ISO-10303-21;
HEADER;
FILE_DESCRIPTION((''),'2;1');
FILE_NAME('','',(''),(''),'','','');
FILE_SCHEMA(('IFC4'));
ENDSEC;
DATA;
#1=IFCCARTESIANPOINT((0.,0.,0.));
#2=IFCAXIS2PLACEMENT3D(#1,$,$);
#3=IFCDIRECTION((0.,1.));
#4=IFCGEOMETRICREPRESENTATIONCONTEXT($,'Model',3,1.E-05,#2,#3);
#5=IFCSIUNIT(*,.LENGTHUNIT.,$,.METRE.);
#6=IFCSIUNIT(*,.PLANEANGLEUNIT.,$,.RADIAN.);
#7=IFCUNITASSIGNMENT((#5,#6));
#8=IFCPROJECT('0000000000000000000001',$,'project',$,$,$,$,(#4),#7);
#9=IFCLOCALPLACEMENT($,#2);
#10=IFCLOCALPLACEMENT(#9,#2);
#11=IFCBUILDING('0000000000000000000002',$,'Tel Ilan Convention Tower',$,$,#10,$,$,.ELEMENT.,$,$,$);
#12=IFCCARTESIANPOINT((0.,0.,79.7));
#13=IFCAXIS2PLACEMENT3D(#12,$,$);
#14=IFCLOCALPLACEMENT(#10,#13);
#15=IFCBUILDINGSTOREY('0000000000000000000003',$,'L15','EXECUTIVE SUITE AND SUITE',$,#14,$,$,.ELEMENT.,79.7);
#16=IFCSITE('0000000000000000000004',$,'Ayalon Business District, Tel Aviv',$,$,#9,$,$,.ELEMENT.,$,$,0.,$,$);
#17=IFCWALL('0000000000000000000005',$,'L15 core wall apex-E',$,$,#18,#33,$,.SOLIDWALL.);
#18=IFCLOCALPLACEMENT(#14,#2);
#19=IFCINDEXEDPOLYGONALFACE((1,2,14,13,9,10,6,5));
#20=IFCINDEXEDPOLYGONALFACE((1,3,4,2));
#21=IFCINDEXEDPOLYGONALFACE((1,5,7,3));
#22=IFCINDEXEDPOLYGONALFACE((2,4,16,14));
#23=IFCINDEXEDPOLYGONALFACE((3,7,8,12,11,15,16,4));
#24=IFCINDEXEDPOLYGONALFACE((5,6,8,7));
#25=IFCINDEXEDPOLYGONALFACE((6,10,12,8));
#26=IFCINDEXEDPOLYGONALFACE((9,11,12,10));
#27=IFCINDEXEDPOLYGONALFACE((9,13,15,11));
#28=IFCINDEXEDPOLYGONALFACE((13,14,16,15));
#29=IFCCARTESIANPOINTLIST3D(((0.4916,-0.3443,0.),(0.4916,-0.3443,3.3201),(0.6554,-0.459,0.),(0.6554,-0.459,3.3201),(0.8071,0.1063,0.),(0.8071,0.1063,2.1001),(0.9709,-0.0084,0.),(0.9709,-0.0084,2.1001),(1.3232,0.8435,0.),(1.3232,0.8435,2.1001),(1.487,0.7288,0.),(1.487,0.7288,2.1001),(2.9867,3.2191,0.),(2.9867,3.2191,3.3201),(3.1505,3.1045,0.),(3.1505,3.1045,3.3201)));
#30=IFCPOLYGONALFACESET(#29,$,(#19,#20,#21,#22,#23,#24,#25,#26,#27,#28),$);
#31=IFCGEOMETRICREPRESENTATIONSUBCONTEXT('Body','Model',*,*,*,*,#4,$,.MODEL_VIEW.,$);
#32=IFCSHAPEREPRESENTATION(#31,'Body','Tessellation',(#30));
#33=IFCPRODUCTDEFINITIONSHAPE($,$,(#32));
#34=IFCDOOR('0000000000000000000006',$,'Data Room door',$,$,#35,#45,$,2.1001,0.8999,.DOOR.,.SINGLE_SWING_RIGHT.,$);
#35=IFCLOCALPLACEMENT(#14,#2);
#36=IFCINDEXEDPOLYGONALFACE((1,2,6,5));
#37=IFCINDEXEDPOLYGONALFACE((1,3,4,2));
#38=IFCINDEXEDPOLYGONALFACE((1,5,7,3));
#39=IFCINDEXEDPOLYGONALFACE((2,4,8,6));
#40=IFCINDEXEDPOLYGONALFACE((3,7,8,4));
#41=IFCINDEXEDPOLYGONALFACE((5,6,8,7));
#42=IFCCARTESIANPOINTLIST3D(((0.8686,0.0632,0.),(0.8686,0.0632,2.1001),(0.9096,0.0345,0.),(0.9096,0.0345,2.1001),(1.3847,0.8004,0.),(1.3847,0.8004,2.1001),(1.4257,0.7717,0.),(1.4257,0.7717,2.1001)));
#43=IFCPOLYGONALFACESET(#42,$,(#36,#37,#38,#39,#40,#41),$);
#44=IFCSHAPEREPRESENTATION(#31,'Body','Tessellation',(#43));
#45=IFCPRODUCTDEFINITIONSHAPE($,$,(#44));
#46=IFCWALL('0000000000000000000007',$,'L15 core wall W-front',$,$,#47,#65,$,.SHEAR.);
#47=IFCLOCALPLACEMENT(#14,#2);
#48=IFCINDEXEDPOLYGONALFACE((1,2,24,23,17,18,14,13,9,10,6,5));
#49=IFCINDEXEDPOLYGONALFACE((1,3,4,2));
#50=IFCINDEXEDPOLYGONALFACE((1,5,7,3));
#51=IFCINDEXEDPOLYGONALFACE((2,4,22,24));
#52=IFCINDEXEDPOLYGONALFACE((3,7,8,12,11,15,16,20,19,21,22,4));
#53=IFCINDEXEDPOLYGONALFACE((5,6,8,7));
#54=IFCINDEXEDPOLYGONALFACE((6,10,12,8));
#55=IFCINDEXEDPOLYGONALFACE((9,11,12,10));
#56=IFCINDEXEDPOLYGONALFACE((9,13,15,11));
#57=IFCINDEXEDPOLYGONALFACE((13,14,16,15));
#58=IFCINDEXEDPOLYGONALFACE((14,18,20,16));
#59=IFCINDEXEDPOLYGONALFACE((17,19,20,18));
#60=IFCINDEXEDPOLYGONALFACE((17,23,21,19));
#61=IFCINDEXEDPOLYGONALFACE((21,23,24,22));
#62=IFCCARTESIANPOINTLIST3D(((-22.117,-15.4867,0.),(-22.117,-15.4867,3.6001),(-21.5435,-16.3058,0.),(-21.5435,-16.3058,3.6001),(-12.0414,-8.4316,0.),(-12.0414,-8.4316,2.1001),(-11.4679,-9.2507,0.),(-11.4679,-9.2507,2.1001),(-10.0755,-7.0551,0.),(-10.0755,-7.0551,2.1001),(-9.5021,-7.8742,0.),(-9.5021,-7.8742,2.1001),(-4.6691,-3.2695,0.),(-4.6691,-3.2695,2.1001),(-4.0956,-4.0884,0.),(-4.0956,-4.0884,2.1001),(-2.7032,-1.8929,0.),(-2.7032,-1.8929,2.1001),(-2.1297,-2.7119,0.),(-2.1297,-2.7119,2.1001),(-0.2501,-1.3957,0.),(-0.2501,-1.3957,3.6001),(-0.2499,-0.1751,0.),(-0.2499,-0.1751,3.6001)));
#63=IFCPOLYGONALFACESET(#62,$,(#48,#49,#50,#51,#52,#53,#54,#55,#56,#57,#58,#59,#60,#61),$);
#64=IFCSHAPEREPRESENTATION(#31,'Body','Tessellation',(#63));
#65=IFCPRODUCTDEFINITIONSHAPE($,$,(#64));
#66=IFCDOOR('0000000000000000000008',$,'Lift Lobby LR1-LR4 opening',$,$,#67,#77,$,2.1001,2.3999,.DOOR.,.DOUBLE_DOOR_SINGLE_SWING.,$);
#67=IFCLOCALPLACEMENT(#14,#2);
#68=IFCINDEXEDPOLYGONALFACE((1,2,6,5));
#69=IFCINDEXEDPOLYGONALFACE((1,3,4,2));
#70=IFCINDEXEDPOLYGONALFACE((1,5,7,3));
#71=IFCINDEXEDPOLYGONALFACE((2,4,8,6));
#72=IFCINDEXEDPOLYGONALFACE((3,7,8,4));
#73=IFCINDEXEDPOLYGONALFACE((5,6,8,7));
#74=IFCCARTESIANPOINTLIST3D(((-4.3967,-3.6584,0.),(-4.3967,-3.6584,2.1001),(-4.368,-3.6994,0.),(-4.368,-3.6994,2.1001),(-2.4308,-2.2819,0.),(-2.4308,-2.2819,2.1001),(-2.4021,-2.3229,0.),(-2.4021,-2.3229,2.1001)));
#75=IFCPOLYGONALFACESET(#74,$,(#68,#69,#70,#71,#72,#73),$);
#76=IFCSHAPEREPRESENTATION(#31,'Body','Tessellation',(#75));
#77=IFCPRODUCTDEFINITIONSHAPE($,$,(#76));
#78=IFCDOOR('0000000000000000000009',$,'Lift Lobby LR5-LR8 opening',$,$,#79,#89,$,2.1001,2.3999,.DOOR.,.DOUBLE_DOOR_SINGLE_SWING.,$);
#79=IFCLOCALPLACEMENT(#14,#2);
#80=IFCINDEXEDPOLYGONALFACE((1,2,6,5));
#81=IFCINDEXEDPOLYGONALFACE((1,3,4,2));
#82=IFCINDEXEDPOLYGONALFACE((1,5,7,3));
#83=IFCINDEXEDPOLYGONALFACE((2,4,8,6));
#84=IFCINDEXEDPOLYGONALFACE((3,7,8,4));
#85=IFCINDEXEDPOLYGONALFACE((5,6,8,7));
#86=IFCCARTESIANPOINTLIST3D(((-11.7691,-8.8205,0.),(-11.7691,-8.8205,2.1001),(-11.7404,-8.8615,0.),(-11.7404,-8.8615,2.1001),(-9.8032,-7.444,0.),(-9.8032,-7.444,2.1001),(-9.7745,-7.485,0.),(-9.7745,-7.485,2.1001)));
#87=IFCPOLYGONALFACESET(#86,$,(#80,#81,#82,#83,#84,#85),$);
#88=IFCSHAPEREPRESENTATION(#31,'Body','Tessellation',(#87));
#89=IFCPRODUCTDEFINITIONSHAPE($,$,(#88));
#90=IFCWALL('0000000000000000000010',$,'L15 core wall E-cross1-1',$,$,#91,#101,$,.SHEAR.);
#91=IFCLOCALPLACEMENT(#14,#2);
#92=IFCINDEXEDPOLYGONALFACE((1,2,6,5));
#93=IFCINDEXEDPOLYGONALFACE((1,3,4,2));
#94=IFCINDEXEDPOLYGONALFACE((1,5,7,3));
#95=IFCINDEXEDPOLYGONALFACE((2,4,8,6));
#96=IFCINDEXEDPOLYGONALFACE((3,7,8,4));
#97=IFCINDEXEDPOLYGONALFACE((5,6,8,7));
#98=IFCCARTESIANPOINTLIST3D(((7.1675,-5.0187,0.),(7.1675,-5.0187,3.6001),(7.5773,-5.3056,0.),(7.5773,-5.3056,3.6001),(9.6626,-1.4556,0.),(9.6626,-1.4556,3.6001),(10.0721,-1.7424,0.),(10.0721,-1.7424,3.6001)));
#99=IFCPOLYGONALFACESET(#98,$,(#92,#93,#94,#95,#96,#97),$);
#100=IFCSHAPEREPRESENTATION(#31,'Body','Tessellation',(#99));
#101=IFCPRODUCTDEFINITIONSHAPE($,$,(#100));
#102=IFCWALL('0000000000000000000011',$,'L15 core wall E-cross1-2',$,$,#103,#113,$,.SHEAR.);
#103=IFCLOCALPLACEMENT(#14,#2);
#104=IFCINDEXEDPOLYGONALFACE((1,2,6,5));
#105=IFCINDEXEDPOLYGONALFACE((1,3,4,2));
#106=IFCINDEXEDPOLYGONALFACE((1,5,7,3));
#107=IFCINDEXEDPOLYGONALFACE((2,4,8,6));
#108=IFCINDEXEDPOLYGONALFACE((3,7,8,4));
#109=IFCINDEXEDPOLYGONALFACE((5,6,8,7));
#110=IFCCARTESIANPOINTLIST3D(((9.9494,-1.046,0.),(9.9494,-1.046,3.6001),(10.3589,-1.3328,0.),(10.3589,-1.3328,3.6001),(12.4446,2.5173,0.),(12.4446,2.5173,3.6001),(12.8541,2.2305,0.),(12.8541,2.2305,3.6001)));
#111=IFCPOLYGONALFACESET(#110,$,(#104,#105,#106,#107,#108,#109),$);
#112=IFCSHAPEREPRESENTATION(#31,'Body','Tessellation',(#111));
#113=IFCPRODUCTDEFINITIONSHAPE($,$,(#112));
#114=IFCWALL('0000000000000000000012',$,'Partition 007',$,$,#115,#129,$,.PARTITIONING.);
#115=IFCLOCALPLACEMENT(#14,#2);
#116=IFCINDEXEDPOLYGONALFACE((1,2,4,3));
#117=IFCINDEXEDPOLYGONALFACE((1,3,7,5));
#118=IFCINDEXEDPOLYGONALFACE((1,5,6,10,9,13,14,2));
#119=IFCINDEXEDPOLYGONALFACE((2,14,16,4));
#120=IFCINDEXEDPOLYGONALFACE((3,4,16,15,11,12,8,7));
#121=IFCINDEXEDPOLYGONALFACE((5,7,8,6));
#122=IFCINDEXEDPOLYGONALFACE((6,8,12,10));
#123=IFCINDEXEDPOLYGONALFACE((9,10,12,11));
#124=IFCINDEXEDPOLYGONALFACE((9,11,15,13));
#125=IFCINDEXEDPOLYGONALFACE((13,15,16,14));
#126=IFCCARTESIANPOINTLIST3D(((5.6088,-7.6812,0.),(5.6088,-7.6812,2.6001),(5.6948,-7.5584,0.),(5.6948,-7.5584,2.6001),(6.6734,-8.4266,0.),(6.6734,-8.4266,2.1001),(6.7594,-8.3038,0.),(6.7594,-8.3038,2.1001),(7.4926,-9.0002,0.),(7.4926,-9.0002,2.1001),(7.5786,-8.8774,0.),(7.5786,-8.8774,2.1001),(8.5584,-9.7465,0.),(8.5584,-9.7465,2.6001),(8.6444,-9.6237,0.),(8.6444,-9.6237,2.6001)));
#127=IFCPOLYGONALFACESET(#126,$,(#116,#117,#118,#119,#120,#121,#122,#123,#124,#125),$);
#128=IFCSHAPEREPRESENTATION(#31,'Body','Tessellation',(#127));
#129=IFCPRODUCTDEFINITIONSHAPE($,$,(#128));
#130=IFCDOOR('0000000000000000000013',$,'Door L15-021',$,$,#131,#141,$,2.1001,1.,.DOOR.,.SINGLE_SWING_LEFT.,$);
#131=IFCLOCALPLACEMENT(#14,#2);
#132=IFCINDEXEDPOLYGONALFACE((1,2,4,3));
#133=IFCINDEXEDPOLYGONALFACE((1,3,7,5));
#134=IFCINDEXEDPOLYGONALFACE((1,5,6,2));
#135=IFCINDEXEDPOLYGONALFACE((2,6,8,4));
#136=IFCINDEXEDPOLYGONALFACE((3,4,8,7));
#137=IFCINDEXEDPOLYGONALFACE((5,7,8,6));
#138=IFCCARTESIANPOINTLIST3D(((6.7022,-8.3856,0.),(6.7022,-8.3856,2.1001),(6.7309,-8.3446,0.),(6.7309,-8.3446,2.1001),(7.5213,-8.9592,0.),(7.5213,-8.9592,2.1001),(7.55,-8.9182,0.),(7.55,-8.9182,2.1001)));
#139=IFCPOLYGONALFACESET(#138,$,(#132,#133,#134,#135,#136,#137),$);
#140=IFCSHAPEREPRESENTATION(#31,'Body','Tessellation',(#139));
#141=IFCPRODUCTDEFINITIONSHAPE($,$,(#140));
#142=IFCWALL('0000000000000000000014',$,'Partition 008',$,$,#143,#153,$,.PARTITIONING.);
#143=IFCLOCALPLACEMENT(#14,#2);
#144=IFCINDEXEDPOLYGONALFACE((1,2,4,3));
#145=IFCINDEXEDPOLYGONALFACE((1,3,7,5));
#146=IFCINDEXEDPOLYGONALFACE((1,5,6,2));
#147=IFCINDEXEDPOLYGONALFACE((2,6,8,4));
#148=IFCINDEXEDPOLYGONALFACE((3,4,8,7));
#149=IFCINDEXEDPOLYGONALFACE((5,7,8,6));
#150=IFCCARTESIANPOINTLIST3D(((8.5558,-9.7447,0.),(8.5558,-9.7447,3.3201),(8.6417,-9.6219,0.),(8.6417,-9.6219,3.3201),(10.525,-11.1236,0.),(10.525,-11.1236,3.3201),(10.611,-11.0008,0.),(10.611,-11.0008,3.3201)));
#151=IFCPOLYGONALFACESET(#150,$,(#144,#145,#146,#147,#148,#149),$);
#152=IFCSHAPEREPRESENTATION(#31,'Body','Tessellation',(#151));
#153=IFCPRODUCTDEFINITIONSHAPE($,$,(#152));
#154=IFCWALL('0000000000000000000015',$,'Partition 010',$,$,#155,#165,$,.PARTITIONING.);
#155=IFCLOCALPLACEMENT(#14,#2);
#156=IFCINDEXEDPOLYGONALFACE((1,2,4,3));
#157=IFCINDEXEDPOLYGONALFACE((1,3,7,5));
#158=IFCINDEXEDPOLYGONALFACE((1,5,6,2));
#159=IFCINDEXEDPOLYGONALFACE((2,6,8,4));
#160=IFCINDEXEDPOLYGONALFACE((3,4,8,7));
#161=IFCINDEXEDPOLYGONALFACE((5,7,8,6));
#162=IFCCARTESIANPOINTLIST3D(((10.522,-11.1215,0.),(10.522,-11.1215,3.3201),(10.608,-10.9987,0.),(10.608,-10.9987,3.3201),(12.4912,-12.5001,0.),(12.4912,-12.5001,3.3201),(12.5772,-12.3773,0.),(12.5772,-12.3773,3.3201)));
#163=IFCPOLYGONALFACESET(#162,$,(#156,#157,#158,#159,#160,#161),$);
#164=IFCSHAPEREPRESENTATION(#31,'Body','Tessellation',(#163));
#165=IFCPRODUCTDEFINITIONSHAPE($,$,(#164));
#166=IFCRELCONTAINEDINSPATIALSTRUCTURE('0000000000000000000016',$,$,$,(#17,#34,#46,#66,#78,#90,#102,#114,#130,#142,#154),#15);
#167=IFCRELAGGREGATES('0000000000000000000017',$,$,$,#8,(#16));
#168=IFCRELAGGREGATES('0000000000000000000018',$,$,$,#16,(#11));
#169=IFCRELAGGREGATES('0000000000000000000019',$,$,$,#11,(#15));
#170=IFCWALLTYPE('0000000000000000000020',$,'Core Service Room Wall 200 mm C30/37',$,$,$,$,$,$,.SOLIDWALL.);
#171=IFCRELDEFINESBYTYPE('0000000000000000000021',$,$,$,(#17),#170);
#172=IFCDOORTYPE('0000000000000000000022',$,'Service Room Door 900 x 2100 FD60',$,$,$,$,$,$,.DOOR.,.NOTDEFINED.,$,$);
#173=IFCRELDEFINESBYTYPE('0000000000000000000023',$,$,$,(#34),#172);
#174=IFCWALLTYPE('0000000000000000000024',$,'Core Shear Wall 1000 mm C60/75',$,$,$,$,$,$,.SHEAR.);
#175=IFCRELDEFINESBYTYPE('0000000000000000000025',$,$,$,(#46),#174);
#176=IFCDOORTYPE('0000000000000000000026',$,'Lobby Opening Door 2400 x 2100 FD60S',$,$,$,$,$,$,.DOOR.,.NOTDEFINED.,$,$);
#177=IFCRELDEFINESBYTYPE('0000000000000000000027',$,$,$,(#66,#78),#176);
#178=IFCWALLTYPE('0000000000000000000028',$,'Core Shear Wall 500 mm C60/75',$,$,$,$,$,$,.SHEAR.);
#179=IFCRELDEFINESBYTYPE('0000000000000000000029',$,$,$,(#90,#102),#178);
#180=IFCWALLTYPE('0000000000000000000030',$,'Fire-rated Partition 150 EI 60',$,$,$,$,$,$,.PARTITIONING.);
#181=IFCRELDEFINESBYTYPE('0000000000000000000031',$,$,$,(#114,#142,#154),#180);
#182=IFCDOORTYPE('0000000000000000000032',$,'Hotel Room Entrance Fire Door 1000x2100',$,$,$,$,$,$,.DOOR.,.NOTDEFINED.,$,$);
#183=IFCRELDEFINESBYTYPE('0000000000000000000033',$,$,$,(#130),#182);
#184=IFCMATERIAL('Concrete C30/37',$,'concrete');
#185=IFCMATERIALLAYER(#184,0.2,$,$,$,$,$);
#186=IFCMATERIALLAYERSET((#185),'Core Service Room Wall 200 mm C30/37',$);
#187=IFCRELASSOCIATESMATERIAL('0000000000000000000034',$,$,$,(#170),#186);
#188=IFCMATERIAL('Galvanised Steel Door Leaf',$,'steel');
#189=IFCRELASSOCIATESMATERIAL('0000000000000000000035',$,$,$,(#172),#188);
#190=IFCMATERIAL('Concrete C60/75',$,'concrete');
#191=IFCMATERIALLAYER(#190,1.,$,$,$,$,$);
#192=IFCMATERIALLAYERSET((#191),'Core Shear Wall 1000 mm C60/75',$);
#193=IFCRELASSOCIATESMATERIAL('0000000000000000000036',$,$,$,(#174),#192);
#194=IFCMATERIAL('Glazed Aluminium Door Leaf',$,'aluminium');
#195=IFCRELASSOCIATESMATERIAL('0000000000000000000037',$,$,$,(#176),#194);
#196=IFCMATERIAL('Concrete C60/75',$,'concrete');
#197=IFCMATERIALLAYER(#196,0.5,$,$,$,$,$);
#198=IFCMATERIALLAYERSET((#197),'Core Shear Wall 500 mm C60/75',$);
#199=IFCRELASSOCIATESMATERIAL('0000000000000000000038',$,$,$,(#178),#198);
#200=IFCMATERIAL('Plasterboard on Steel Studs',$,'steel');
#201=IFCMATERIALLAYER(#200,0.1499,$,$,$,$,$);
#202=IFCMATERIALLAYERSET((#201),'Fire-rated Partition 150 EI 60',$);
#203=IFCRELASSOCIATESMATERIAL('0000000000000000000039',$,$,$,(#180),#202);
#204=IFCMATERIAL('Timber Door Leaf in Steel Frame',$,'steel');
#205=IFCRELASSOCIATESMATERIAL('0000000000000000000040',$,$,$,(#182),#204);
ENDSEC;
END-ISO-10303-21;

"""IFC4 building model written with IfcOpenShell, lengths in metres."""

from ifc_helpers import new_model, si_unit, direction, frame, frame_2d, origin, place, context, subcontext, project, spatial, polyline, rectangle, outline, extrude, material, layer, layer_set, type_object, element, fill, save


model = new_model("IFC4")

# Units and contexts
model_context = context("Model", 3, precision=1e-05, world=origin(), true_north=direction((0.0, 1.0)))
body_context = subcontext(model_context, "Body", "Model", "MODEL_VIEW")
ifc_project = project(units=[si_unit("LENGTHUNIT", "METRE"), si_unit("PLANEANGLEUNIT", "RADIAN")], contexts=[model_context])

# Site, building, storey
site_placement = place(None, origin())
site = spatial("IfcSite", under=ifc_project, at=site_placement, Name="Ayalon Business District, Tel Aviv", CompositionType="ELEMENT", RefElevation=0.0)
building_placement = place(site_placement, origin())
building = spatial("IfcBuilding", under=site, at=building_placement, Name="Tel Ilan Convention Tower", CompositionType="ELEMENT")
storey_placement = place(building_placement, frame((0.0, 0.0, 79.7)))
storey = spatial("IfcBuildingStorey", under=building, at=storey_placement, Name="L15", Description="EXECUTIVE SUITE AND SUITE", CompositionType="ELEMENT", Elevation=79.7)

# Wall, opening, door
ifc_material_1 = material(Name="Concrete C30/37", Category="concrete")
ifc_layer_1 = layer(ifc_material_1, 0.2)
ifc_layer_set_1 = layer_set([ifc_layer_1], Name="Core Service Room Wall 200 mm C30/37")
wall_type_1 = type_object("IfcWallType", Name="Core Service Room Wall 200 mm C30/37", PredefinedType="SOLIDWALL", material=ifc_layer_set_1)
wall_1_placement = place(storey_placement, frame((0.5735, -0.4016, 0.0), z_axis=(0.0, 0.0, 1.0), x_axis=(0.573568, 0.819158, 0.0)))
wall_1 = element("IfcWall", 1, at=wall_1_placement, inside=storey, type_object=wall_type_1, Name="L15 core wall apex-E", PredefinedType="SOLIDWALL", context=body_context, shape_type="SweptSolid", body=[
    extrude(rectangle(XDim=4.3501, YDim=0.2, at=frame_2d((2.175, 0.0))), origin(), (0.0, 0.0, 1.0), 3.3201),
])
opening_1_placement = place(wall_1_placement, frame((0.55, 0.0, 0.0)))
opening_1 = element("IfcOpeningElement", 2, at=opening_1_placement, cuts=wall_1, PredefinedType="OPENING", context=body_context, shape_type="SweptSolid", body=[
    extrude(rectangle(XDim=0.8999, YDim=2.1001, at=frame_2d((0.45, 1.05))), frame((0.0, 0.1099, 0.0), z_axis=(0.0, -1.0, 0.0), x_axis=(1.0, 0.0, 0.0)), (0.0, 0.0, 1.0), 0.22),
])
ifc_material_2 = material(Name="Galvanised Steel Door Leaf", Category="steel")
door_type_1 = type_object("IfcDoorType", Name="Service Room Door 900 x 2100 FD60", OperationType="NOTDEFINED", PredefinedType="DOOR", material=ifc_material_2)
door_1_placement = place(opening_1_placement, origin())
door_1 = element("IfcDoor", 3, at=door_1_placement, inside=storey, type_object=door_type_1, Name="Data Room door", OperationType="SINGLE_SWING_RIGHT", OverallHeight=2.1001, OverallWidth=0.8999, PredefinedType="DOOR", context=body_context, shape_type="SweptSolid", body=[
    extrude(rectangle(XDim=0.8999, YDim=2.1001, at=frame_2d((0.45, 1.05))), frame((0.0, 0.0249, 0.0), z_axis=(0.0, -1.0, 0.0), x_axis=(1.0, 0.0, 0.0)), (0.0, 0.0, 1.0), 0.05),
])
fill(opening_1, door_1)

# Wall, openings, doors
ifc_material_3 = material(Name="Concrete C60/75", Category="concrete")
ifc_layer_2 = layer(ifc_material_3, 1.0)
ifc_layer_set_2 = layer_set([ifc_layer_2], Name="Core Shear Wall 1000 mm C60/75")
wall_type_2 = type_object("IfcWallType", Name="Core Shear Wall 1000 mm C60/75", PredefinedType="SHEAR", material=ifc_layer_set_2)
wall_2_placement = place(storey_placement, frame((0.0369, -0.5847, 0.0), z_axis=(0.0, 0.0, 1.0), x_axis=(-0.819157, -0.573569, 0.0)))
wall_2 = element("IfcWall", 4, at=wall_2_placement, inside=storey, type_object=wall_type_2, Name="L15 core wall W-front", PredefinedType="SHEAR", context=body_context, shape_type="SweptSolid", body=[
    extrude(outline(polyline([(26.6948, 0.5002), (0.7002, 0.4998), (0.0, -0.5), (26.6948, -0.4998), (26.6948, 0.5002)])), origin(), (0.0, 0.0, 1.0), 3.6001),
])
opening_2_placement = place(wall_2_placement, frame((2.9949, 0.0, 0.0)))
opening_2 = element("IfcOpeningElement", 5, at=opening_2_placement, cuts=wall_2, PredefinedType="OPENING", context=body_context, shape_type="SweptSolid", body=[
    extrude(rectangle(XDim=2.3999, YDim=2.1001, at=frame_2d((1.2, 1.05))), frame((0.0, 0.51, 0.0), z_axis=(0.0, -1.0, 0.0), x_axis=(1.0, 0.0, 0.0)), (0.0, 0.0, 1.0), 1.02),
])
opening_3_placement = place(wall_2_placement, frame((11.9949, 0.0, 0.0)))
opening_3 = element("IfcOpeningElement", 6, at=opening_3_placement, cuts=wall_2, PredefinedType="OPENING", context=body_context, shape_type="SweptSolid", body=[
    extrude(rectangle(XDim=2.3999, YDim=2.1001, at=frame_2d((1.2, 1.05))), frame((0.0, 0.51, 0.0), z_axis=(0.0, -1.0, 0.0), x_axis=(1.0, 0.0, 0.0)), (0.0, 0.0, 1.0), 1.02),
])
ifc_material_4 = material(Name="Glazed Aluminium Door Leaf", Category="aluminium")
door_type_2 = type_object("IfcDoorType", Name="Lobby Opening Door 2400 x 2100 FD60S", OperationType="NOTDEFINED", PredefinedType="DOOR", material=ifc_material_4)
door_2_placement = place(opening_2_placement, origin())
door_2 = element("IfcDoor", 7, at=door_2_placement, inside=storey, type_object=door_type_2, Name="Lift Lobby LR1-LR4 opening", OperationType="DOUBLE_DOOR_SINGLE_SWING", OverallHeight=2.1001, OverallWidth=2.3999, PredefinedType="DOOR", context=body_context, shape_type="SweptSolid", body=[
    extrude(rectangle(XDim=2.3999, YDim=2.1001, at=frame_2d((1.2, 1.05))), frame((0.0, 0.0249, 0.0), z_axis=(0.0, -1.0, 0.0), x_axis=(1.0, 0.0, 0.0)), (0.0, 0.0, 1.0), 0.05),
])
fill(opening_2, door_2)
door_3_placement = place(opening_3_placement, origin())
door_3 = element("IfcDoor", 8, at=door_3_placement, inside=storey, type_object=door_type_2, Name="Lift Lobby LR5-LR8 opening", OperationType="DOUBLE_DOOR_SINGLE_SWING", OverallHeight=2.1001, OverallWidth=2.3999, PredefinedType="DOOR", context=body_context, shape_type="SweptSolid", body=[
    extrude(rectangle(XDim=2.3999, YDim=2.1001, at=frame_2d((1.2, 1.05))), frame((0.0, 0.0249, 0.0), z_axis=(0.0, -1.0, 0.0), x_axis=(1.0, 0.0, 0.0)), (0.0, 0.0, 1.0), 0.05),
])
fill(opening_3, door_3)

# Walls
ifc_material_5 = material(Name="Concrete C60/75", Category="concrete")
ifc_layer_3 = layer(ifc_material_5, 0.5)
ifc_layer_set_3 = layer_set([ifc_layer_3], Name="Core Shear Wall 500 mm C60/75")
wall_type_3 = type_object("IfcWallType", Name="Core Shear Wall 500 mm C60/75", PredefinedType="SHEAR", material=ifc_layer_set_3)
wall_3_placement = place(storey_placement, frame((7.3723, -5.1621, 0.0), z_axis=(0.0, 0.0, 1.0), x_axis=(0.573594, 0.81914, 0.0)))
element("IfcWall", 9, at=wall_3_placement, inside=storey, type_object=wall_type_3, Name="L15 core wall E-cross1-1", PredefinedType="SHEAR", context=body_context, shape_type="SweptSolid", body=[
    extrude(outline(polyline([(0.0, 0.25), (0.0, -0.2502), (4.3499, -0.25), (4.3499, 0.25), (0.0, 0.25)])), origin(), (0.0, 0.0, 1.0), 3.6001),
])
wall_4_placement = place(storey_placement, frame((10.1543, -1.1892, 0.0), z_axis=(0.0, 0.0, 1.0), x_axis=(0.573594, 0.81914, 0.0)))
element("IfcWall", 10, at=wall_4_placement, inside=storey, type_object=wall_type_3, Name="L15 core wall E-cross1-2", PredefinedType="SHEAR", context=body_context, shape_type="SweptSolid", body=[
    extrude(outline(polyline([(4.3499, -0.25), (4.3499, 0.25), (-0.0002, 0.25), (-0.0002, -0.25), (4.3499, -0.25)])), origin(), (0.0, 0.0, 1.0), 3.6001),
])

# Wall, opening, door
ifc_material_6 = material(Name="Plasterboard on Steel Studs", Category="steel")
ifc_layer_4 = layer(ifc_material_6, 0.1499)
ifc_layer_set_4 = layer_set([ifc_layer_4], Name="Fire-rated Partition 150 EI 60")
wall_type_4 = type_object("IfcWallType", Name="Fire-rated Partition 150 EI 60", PredefinedType="PARTITIONING", material=ifc_layer_set_4)
wall_5_placement = place(storey_placement, frame((8.6013, -9.6851, 0.0), z_axis=(0.0, 0.0, 1.0), x_axis=(-0.819149, 0.573581, 0.0)))
wall_5 = element("IfcWall", 11, at=wall_5_placement, inside=storey, type_object=wall_type_4, Name="Partition 007", PredefinedType="PARTITIONING", context=body_context, shape_type="SweptSolid", body=[
    extrude(rectangle(XDim=3.6008, YDim=0.1499, at=frame_2d((1.8003, 0.0))), origin(), (0.0, 0.0, 1.0), 2.6001),
])
opening_4_placement = place(wall_5_placement, frame((1.301, 0.0, 0.0)))
opening_4 = element("IfcOpeningElement", 12, at=opening_4_placement, cuts=wall_5, PredefinedType="OPENING", context=body_context, shape_type="SweptSolid", body=[
    extrude(rectangle(XDim=1.0, YDim=2.1001, at=frame_2d((0.5, 1.05))), frame((0.0, 0.085, 0.0), z_axis=(0.0, -1.0, 0.0), x_axis=(1.0, 0.0, 0.0)), (0.0, 0.0, 1.0), 0.1699),
])
ifc_material_7 = material(Name="Timber Door Leaf in Steel Frame", Category="steel")
door_type_3 = type_object("IfcDoorType", Name="Hotel Room Entrance Fire Door 1000x2100", OperationType="NOTDEFINED", PredefinedType="DOOR", material=ifc_material_7)
door_4_placement = place(opening_4_placement, origin())
door_4 = element("IfcDoor", 13, at=door_4_placement, inside=storey, type_object=door_type_3, Name="Door L15-021", OperationType="SINGLE_SWING_LEFT", OverallHeight=2.1001, OverallWidth=1.0, PredefinedType="DOOR", context=body_context, shape_type="SweptSolid", body=[
    extrude(rectangle(XDim=1.0, YDim=2.1001, at=frame_2d((0.5, 1.05))), frame((0.0, 0.0249, 0.0), z_axis=(0.0, -1.0, 0.0), x_axis=(1.0, 0.0, 0.0)), (0.0, 0.0, 1.0), 0.05),
])
fill(opening_4, door_4)

# Walls
wall_6_placement = place(storey_placement, frame((10.5681, -11.0623, 0.0), z_axis=(0.0, 0.0, 1.0), x_axis=(-0.819146, 0.573585, 0.0)))
element("IfcWall", 14, at=wall_6_placement, inside=storey, type_object=wall_type_4, Name="Partition 008", PredefinedType="PARTITIONING", context=body_context, shape_type="SweptSolid", body=[
    extrude(rectangle(XDim=2.4041, YDim=0.1499, at=frame_2d((1.2021, 0.0))), origin(), (0.0, 0.0, 1.0), 3.3201),
])
wall_7_placement = place(storey_placement, frame((12.5342, -12.4387, 0.0), z_axis=(0.0, 0.0, 1.0), x_axis=(-0.819194, 0.573517, 0.0)))
element("IfcWall", 15, at=wall_7_placement, inside=storey, type_object=wall_type_4, Name="Partition 010", PredefinedType="PARTITIONING", context=body_context, shape_type="SweptSolid", body=[
    extrude(rectangle(XDim=2.4038, YDim=0.1499, at=frame_2d((1.2019, 0.0))), origin(), (0.0, 0.0, 1.0), 3.3201),
])

save(model, "model.ifc")
